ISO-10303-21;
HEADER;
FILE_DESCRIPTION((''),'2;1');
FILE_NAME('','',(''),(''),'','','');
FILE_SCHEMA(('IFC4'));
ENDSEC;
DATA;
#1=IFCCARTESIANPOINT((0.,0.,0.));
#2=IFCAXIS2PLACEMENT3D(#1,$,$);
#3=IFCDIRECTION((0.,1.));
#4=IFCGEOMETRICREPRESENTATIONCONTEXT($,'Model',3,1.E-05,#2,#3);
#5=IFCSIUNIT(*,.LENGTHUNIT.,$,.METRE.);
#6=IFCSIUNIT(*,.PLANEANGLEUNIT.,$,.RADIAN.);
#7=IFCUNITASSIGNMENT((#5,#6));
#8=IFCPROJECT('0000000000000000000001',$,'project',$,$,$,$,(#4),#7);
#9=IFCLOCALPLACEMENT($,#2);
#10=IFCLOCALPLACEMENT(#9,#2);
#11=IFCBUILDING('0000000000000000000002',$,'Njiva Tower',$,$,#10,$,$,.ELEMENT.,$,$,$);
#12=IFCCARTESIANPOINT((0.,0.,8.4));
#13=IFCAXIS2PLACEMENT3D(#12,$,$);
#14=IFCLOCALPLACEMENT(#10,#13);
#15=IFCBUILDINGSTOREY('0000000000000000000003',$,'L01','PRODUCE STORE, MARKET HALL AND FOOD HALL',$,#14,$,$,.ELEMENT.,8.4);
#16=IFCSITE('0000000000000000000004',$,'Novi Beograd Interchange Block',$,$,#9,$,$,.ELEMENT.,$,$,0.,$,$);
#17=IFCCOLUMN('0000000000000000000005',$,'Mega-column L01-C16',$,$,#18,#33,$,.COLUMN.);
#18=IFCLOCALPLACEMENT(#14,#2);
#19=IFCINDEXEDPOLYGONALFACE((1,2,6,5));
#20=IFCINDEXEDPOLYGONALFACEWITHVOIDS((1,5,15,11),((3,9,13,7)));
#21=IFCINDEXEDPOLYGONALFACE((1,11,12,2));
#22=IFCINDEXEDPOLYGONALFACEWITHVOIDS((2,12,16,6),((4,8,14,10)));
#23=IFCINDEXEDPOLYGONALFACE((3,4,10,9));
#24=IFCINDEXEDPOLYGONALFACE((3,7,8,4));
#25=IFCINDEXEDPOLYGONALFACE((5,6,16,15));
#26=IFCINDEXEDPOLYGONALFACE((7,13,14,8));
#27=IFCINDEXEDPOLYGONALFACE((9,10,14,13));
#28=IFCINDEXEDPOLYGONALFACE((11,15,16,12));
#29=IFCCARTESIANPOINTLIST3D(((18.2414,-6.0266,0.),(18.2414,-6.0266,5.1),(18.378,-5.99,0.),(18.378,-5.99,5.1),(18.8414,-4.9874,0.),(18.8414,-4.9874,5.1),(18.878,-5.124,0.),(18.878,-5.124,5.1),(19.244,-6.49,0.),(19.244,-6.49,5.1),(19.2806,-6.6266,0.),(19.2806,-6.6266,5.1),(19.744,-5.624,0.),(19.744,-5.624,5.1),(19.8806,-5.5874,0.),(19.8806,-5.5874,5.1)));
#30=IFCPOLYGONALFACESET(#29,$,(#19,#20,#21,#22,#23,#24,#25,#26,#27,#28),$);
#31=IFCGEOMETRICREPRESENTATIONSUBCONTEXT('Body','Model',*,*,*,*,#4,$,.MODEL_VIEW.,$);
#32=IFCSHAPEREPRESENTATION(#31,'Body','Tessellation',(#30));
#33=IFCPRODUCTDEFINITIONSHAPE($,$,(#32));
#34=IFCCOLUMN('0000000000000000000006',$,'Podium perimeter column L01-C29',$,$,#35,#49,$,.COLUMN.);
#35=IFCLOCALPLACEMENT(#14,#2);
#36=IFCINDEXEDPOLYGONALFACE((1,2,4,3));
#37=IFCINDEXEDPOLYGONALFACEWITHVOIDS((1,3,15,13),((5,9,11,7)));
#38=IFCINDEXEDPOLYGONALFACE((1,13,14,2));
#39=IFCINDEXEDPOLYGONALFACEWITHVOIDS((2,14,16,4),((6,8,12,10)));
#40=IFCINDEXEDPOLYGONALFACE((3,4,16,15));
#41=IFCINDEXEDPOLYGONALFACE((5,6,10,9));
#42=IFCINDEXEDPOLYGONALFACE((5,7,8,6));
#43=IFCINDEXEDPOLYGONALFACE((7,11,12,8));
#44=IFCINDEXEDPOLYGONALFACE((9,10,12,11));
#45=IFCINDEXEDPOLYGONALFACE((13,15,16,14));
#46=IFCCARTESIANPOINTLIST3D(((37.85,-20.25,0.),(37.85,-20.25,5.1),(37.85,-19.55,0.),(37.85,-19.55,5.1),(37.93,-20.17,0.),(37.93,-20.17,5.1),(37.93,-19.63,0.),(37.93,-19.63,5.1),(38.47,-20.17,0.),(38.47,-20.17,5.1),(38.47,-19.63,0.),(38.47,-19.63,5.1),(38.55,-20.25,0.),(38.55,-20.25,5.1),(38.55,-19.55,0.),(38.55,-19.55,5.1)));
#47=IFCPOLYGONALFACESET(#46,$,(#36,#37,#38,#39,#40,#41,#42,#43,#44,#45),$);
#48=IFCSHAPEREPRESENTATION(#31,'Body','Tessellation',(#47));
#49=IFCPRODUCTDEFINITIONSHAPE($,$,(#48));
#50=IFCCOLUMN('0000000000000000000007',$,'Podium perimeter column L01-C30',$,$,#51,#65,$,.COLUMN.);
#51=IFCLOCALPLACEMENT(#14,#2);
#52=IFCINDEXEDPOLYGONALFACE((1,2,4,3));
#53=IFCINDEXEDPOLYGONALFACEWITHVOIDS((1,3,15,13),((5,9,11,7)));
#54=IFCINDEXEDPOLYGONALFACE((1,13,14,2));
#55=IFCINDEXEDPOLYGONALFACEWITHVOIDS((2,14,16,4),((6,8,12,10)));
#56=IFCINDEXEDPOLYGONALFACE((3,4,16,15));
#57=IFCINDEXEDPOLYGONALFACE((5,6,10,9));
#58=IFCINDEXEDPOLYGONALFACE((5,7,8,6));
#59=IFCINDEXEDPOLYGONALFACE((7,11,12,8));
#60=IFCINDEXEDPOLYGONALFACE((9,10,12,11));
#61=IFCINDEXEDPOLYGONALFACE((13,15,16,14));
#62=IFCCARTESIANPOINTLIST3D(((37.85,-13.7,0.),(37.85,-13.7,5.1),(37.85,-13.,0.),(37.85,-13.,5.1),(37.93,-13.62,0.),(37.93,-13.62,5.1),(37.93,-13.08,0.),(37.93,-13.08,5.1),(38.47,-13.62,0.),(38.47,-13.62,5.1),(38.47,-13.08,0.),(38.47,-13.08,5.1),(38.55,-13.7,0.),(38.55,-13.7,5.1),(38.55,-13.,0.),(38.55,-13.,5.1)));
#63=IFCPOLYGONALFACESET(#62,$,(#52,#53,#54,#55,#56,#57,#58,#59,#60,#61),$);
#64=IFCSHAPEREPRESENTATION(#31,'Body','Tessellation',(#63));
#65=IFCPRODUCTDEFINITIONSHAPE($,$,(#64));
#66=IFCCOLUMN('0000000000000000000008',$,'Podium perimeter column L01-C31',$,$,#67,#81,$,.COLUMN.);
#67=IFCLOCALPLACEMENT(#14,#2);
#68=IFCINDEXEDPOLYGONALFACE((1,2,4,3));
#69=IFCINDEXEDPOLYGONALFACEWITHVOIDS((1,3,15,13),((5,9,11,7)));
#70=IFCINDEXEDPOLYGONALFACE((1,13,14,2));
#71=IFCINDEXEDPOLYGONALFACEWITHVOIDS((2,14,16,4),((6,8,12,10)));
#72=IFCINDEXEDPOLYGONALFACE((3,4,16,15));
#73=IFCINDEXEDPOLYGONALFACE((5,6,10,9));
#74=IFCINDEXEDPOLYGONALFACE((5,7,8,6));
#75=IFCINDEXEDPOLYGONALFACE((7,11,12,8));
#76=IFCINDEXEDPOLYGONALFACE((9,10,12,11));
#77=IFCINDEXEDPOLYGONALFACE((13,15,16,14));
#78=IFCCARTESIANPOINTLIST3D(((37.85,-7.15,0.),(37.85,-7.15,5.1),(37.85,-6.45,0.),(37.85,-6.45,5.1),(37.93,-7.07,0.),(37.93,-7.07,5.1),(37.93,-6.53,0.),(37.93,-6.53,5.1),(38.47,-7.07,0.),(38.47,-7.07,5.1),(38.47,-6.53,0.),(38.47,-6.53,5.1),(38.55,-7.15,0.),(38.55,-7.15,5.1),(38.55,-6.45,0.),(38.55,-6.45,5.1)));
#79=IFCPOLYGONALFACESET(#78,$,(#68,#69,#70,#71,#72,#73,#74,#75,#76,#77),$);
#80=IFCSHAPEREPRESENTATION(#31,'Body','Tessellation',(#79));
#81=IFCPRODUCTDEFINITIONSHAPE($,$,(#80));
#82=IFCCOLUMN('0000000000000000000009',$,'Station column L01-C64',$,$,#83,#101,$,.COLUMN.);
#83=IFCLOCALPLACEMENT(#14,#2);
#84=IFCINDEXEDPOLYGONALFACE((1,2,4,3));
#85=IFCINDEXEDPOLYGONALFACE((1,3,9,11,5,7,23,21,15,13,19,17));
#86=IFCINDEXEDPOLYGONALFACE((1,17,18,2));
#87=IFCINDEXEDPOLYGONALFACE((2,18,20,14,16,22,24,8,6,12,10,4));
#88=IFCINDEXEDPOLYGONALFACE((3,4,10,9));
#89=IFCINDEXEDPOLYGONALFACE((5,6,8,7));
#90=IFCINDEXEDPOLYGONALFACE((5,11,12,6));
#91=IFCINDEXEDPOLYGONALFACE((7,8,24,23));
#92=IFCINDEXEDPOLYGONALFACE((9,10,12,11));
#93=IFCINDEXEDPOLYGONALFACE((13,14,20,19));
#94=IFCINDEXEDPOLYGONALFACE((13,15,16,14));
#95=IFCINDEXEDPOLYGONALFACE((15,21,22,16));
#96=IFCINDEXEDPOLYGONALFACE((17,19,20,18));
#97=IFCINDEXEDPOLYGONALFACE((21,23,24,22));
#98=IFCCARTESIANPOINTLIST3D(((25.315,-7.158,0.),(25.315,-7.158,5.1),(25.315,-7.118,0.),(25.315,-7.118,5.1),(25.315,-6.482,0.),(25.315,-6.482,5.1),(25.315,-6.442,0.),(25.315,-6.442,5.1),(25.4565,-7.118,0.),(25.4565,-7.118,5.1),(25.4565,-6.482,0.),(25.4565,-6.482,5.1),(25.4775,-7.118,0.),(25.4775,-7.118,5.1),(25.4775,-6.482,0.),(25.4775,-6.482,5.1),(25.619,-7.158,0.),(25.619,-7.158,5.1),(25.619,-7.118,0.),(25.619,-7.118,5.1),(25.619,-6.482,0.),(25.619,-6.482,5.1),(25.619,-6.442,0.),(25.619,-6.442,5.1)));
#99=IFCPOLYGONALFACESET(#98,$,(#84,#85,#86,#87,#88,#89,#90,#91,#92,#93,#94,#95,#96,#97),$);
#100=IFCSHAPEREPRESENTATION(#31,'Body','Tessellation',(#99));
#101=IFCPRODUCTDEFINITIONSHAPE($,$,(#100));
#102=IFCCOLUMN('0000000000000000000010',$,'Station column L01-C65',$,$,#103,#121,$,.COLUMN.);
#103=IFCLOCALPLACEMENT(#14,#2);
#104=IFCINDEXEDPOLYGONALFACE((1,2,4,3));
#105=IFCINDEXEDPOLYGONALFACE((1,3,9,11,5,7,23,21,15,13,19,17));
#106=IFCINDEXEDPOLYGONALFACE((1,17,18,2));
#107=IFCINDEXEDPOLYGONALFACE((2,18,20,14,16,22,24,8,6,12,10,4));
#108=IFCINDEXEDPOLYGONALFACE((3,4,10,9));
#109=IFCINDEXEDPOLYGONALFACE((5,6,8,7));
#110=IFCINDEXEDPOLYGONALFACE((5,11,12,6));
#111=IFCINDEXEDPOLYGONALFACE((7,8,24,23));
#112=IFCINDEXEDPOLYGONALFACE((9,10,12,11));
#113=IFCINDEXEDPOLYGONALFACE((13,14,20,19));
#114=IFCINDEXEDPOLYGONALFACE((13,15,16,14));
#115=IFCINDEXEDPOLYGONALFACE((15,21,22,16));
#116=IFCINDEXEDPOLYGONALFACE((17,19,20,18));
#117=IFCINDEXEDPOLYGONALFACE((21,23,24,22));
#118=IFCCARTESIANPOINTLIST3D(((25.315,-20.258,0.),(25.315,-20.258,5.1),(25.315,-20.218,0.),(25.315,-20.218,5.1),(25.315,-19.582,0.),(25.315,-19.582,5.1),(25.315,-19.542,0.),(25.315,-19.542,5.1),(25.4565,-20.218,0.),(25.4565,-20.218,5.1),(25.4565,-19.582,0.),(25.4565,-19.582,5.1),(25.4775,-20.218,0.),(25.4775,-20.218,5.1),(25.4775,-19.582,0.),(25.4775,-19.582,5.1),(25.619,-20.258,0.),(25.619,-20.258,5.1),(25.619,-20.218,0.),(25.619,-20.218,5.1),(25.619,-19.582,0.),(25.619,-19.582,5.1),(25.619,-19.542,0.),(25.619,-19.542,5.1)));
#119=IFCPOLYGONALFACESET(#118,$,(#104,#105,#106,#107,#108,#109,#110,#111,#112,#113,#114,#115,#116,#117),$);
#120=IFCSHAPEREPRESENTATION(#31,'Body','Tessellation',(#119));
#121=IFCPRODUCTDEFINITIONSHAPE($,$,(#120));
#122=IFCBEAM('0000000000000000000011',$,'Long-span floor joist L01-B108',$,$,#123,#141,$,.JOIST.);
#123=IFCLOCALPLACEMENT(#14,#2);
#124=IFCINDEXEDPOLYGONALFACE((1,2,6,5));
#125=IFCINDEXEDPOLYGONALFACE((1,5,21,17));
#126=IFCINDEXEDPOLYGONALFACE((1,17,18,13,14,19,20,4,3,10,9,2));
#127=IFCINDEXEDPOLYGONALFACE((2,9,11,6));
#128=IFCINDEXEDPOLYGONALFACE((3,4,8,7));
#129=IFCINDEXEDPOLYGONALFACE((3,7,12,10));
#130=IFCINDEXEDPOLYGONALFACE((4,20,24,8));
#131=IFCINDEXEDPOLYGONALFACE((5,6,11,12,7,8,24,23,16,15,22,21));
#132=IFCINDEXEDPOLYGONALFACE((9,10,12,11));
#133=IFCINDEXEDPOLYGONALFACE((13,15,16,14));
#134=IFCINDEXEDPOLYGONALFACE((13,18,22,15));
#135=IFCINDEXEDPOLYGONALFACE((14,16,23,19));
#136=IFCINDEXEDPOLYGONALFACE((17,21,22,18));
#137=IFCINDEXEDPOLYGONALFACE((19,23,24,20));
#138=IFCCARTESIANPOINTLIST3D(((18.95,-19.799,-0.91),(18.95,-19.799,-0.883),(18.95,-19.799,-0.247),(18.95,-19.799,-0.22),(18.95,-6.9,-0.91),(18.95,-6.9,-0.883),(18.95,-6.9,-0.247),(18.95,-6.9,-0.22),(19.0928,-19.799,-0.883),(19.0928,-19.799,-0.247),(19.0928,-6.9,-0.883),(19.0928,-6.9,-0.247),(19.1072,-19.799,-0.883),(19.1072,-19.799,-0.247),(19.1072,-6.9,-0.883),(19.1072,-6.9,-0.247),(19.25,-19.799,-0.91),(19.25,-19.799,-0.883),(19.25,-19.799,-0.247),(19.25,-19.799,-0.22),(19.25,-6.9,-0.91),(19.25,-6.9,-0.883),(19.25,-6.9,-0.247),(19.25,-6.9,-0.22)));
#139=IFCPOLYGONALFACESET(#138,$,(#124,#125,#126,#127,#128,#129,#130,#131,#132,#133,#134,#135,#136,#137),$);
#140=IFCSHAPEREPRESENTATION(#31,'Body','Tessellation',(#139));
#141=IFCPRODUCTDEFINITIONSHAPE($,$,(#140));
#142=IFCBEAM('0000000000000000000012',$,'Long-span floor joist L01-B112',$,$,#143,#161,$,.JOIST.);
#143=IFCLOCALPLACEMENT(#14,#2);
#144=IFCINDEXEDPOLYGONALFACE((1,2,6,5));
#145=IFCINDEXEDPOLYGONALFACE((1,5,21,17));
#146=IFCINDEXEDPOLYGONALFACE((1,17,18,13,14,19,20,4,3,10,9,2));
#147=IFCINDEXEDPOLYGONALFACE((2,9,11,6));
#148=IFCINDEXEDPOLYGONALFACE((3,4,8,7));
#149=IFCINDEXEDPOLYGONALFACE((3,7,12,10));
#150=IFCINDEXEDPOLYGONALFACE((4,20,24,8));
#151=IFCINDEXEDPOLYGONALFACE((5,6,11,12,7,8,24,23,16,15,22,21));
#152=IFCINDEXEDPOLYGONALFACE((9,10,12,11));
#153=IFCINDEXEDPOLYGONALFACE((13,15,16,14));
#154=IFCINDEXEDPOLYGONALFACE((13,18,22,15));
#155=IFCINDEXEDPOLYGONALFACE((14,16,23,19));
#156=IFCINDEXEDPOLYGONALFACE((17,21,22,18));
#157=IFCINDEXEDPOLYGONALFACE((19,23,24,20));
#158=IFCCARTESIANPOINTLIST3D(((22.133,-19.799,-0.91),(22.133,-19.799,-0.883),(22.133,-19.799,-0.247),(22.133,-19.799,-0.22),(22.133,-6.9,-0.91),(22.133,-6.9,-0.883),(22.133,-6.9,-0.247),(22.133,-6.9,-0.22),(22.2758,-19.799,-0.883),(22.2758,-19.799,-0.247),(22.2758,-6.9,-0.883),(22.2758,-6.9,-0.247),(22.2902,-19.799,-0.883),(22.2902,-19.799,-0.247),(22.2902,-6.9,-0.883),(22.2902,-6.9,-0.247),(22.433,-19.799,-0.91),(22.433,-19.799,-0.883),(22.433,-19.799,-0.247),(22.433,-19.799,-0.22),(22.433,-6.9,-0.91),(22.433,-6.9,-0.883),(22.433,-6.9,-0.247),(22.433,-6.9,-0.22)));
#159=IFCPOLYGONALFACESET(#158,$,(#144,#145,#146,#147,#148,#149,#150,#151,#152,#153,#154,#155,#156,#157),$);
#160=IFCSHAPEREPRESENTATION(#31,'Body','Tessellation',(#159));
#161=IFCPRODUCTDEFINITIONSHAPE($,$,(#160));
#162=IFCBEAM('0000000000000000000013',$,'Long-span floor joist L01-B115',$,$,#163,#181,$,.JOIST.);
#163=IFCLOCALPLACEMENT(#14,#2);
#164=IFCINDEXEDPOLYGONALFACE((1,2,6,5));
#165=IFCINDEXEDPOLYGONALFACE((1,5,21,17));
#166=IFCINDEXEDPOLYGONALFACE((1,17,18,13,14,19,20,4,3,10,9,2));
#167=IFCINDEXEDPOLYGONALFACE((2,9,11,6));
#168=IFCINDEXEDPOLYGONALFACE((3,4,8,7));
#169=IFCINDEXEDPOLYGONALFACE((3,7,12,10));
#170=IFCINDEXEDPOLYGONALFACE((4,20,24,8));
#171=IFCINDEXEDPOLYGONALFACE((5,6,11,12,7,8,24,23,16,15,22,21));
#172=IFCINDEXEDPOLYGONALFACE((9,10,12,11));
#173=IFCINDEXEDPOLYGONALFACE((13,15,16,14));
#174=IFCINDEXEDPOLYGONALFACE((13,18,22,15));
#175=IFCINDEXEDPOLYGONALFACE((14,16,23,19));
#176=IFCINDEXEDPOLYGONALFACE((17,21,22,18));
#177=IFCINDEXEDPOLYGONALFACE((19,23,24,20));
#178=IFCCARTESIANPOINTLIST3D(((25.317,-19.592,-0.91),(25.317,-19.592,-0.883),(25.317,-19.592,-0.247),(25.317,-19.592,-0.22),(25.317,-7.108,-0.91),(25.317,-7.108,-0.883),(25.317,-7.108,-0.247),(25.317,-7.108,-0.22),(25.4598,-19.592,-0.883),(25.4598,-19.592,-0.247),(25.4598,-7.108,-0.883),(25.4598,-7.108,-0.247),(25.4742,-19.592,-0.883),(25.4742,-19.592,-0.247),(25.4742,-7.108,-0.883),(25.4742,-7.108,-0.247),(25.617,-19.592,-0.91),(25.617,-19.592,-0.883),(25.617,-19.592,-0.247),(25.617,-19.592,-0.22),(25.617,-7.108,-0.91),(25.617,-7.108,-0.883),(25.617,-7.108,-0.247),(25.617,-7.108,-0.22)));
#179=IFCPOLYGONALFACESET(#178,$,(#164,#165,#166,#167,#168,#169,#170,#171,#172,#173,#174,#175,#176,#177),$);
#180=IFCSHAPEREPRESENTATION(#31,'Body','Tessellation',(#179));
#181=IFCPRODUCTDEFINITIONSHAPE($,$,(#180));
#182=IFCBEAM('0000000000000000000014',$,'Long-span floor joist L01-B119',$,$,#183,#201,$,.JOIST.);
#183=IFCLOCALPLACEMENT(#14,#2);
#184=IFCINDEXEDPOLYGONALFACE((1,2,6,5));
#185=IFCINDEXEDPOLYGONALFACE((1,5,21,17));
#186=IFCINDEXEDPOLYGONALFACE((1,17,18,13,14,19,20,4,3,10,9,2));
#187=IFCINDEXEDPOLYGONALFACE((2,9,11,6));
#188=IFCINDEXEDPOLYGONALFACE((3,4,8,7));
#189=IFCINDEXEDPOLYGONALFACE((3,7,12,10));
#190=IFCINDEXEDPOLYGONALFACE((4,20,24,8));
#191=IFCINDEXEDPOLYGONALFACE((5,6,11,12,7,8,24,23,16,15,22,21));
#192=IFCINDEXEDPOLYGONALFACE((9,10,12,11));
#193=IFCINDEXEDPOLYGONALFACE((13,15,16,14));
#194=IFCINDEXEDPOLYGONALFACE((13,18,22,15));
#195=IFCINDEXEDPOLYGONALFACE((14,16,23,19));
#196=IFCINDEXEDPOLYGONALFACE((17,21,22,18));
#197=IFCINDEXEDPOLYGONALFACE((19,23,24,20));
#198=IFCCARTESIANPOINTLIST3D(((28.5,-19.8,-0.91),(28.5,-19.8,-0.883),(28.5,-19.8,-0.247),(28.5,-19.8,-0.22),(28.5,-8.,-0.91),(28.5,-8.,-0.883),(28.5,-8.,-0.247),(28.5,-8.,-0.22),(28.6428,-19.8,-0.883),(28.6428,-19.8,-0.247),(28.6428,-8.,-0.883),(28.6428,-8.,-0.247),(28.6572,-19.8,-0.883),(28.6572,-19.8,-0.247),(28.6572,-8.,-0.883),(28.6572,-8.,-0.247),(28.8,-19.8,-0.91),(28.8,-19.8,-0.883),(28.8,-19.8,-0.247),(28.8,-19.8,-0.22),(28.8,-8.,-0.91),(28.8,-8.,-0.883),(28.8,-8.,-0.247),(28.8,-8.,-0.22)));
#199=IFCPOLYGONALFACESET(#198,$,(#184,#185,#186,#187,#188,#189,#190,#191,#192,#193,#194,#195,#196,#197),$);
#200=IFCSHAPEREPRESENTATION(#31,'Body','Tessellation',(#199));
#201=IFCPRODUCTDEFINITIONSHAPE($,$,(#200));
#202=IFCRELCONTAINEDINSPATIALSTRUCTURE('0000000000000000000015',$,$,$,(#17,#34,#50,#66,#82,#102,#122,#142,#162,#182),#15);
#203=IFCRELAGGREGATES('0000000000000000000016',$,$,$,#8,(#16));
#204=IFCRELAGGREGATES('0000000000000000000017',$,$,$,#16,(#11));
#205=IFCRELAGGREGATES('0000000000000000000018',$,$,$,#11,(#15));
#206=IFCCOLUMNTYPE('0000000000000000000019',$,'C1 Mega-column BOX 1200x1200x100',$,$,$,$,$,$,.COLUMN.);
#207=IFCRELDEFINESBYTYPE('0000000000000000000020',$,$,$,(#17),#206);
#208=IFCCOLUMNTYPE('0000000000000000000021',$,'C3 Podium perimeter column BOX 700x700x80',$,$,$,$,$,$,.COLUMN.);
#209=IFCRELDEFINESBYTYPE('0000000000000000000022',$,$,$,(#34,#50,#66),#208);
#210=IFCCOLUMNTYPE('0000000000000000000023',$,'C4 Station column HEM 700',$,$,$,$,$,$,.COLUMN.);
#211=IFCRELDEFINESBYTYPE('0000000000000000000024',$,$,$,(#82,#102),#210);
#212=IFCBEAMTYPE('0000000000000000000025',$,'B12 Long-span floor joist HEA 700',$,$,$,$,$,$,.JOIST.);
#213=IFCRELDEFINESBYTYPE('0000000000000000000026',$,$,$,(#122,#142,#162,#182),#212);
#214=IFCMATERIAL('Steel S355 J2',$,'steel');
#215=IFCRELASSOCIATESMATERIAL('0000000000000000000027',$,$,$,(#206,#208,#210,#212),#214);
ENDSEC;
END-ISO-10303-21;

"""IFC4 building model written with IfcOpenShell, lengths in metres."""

from ifc_helpers import new_model, si_unit, direction, frame, origin, origin_2d, place, context, subcontext, project, spatial, hollow_rectangle, i_section, extrude, material, material_profile, profile_set, type_object, element, save


model = new_model("IFC4")

# Units and contexts
model_context = context("Model", 3, precision=1e-05, world=origin(), true_north=direction((0.0, 1.0)))
body_context = subcontext(model_context, "Body", "Model", "MODEL_VIEW")
ifc_project = project(units=[si_unit("LENGTHUNIT", "METRE"), si_unit("PLANEANGLEUNIT", "RADIAN")], contexts=[model_context])

# Site, building, storey
site_placement = place(None, origin())
site = spatial("IfcSite", under=ifc_project, at=site_placement, Name="Novi Beograd Interchange Block", CompositionType="ELEMENT", RefElevation=0.0)
building_placement = place(site_placement, origin())
building = spatial("IfcBuilding", under=site, at=building_placement, Name="Njiva Tower", CompositionType="ELEMENT")
storey_placement = place(building_placement, frame((0.0, 0.0, 8.4)))
storey = spatial("IfcBuildingStorey", under=building, at=storey_placement, Name="L01", Description="PRODUCE STORE, MARKET HALL AND FOOD HALL", CompositionType="ELEMENT", Elevation=8.4)

# Columns
ifc_material_1 = material(Name="Steel S355 J2", Category="steel")
ifc_material_profile_1 = material_profile(ifc_material_1, hollow_rectangle(XDim=1.2, YDim=1.2, WallThickness=0.1, at=origin_2d()), Name="BOX 1200x1200x100")
ifc_profile_set_1 = profile_set([ifc_material_profile_1], Name="Steel S355 J2")
column_type_1 = type_object("IfcColumnType", Name="C1 Mega-column BOX 1200x1200x100", PredefinedType="COLUMN", material=ifc_profile_set_1)
column_placement = place(storey_placement, frame((19.061, -5.807, 0.0), z_axis=(0.0, 0.0, 1.0), x_axis=(0.5, 0.866025, 0.0)))
element("IfcColumn", 1, at=column_placement, inside=storey, type_object=column_type_1, Name="Mega-column L01-C16", PredefinedType="COLUMN", context=body_context, shape_type="SweptSolid", body=[
    extrude(hollow_rectangle(XDim=1.2, YDim=1.2, WallThickness=0.1, at=origin_2d()), origin(), (0.0, 0.0, 1.0), 5.1),
])
ifc_material_profile_2 = material_profile(ifc_material_1, hollow_rectangle(XDim=0.7, YDim=0.7, WallThickness=0.08, at=origin_2d()), Name="BOX 700x700x80")
ifc_profile_set_2 = profile_set([ifc_material_profile_2], Name="Steel S355 J2")
column_type_2 = type_object("IfcColumnType", Name="C3 Podium perimeter column BOX 700x700x80", PredefinedType="COLUMN", material=ifc_profile_set_2)
for number, where, z_axis, x_axis, name in (
    (2, (38.2, -19.9, 0.0), (0.0, 0.0, 1.0), (0.0, 1.0, 0.0), "Podium perimeter column L01-C29"),
    (3, (38.2, -13.35, 0.0), (0.0, 0.0, 1.0), (0.0, 1.0, 0.0), "Podium perimeter column L01-C30"),
    (4, (38.2, -6.8, 0.0), (0.0, 0.0, 1.0), (0.0, 1.0, 0.0), "Podium perimeter column L01-C31"),
):
    element("IfcColumn", number, at=place(storey_placement, frame(where, z_axis=z_axis, x_axis=x_axis)), inside=storey, type_object=column_type_2, Name=name, PredefinedType="COLUMN", context=body_context, shape_type="SweptSolid", body=[
        extrude(hollow_rectangle(XDim=0.7, YDim=0.7, WallThickness=0.08, at=origin_2d()), origin(), (0.0, 0.0, 1.0), 5.1),
    ])
ifc_material_profile_3 = material_profile(ifc_material_1, i_section(OverallWidth=0.304, OverallDepth=0.716, WebThickness=0.021, FlangeThickness=0.04, at=origin_2d()), Name="HEM 700")
ifc_profile_set_3 = profile_set([ifc_material_profile_3], Name="Steel S355 J2")
column_type_3 = type_object("IfcColumnType", Name="C4 Station column HEM 700", PredefinedType="COLUMN", material=ifc_profile_set_3)
for number, where, z_axis, x_axis, name in (
    (5, (25.467, -6.8, 0.0), (0.0, 0.0, 1.0), (1.0, 0.0, 0.0), "Station column L01-C64"),
    (6, (25.467, -19.9, 0.0), (0.0, 0.0, 1.0), (1.0, 0.0, 0.0), "Station column L01-C65"),
):
    element("IfcColumn", number, at=place(storey_placement, frame(where, z_axis=z_axis, x_axis=x_axis)), inside=storey, type_object=column_type_3, Name=name, PredefinedType="COLUMN", context=body_context, shape_type="SweptSolid", body=[
        extrude(i_section(OverallWidth=0.304, OverallDepth=0.716, WebThickness=0.021, FlangeThickness=0.04, at=origin_2d()), origin(), (0.0, 0.0, 1.0), 5.1),
    ])

# Beams
ifc_material_profile_4 = material_profile(ifc_material_1, i_section(OverallWidth=0.3, OverallDepth=0.69, WebThickness=0.0145, FlangeThickness=0.027, at=origin_2d()), Name="HEA 700")
ifc_profile_set_4 = profile_set([ifc_material_profile_4], Name="Steel S355 J2")
beam_type_1 = type_object("IfcBeamType", Name="B12 Long-span floor joist HEA 700", PredefinedType="JOIST", material=ifc_profile_set_4)
for number, where, z_axis, x_axis, name in (
    (7, (19.1, -6.9, -0.565), (0.0, -1.0, 0.0), (1.0, 0.0, 0.0), "Long-span floor joist L01-B108"),
    (8, (22.283, -6.9, -0.565), (0.0, -1.0, 0.0), (1.0, 0.0, 0.0), "Long-span floor joist L01-B112"),
):
    element("IfcBeam", number, at=place(storey_placement, frame(where, z_axis=z_axis, x_axis=x_axis)), inside=storey, type_object=beam_type_1, Name=name, PredefinedType="JOIST", context=body_context, shape_type="SweptSolid", body=[
        extrude(i_section(OverallWidth=0.3, OverallDepth=0.69, WebThickness=0.0145, FlangeThickness=0.027, at=origin_2d()), origin(), (0.0, 0.0, 1.0), 12.899),
    ])
beam_1_placement = place(storey_placement, frame((25.467, -7.108, -0.565), z_axis=(0.0, -1.0, 0.0), x_axis=(1.0, 0.0, 0.0)))
element("IfcBeam", 9, at=beam_1_placement, inside=storey, type_object=beam_type_1, Name="Long-span floor joist L01-B115", PredefinedType="JOIST", context=body_context, shape_type="SweptSolid", body=[
    extrude(i_section(OverallWidth=0.3, OverallDepth=0.69, WebThickness=0.0145, FlangeThickness=0.027, at=origin_2d()), origin(), (0.0, 0.0, 1.0), 12.484),
])
beam_2_placement = place(storey_placement, frame((28.65, -8.0, -0.565), z_axis=(0.0, -1.0, 0.0), x_axis=(1.0, 0.0, 0.0)))
element("IfcBeam", 10, at=beam_2_placement, inside=storey, type_object=beam_type_1, Name="Long-span floor joist L01-B119", PredefinedType="JOIST", context=body_context, shape_type="SweptSolid", body=[
    extrude(i_section(OverallWidth=0.3, OverallDepth=0.69, WebThickness=0.0145, FlangeThickness=0.027, at=origin_2d()), origin(), (0.0, 0.0, 1.0), 11.8),
])

save(model, "model.ifc")
